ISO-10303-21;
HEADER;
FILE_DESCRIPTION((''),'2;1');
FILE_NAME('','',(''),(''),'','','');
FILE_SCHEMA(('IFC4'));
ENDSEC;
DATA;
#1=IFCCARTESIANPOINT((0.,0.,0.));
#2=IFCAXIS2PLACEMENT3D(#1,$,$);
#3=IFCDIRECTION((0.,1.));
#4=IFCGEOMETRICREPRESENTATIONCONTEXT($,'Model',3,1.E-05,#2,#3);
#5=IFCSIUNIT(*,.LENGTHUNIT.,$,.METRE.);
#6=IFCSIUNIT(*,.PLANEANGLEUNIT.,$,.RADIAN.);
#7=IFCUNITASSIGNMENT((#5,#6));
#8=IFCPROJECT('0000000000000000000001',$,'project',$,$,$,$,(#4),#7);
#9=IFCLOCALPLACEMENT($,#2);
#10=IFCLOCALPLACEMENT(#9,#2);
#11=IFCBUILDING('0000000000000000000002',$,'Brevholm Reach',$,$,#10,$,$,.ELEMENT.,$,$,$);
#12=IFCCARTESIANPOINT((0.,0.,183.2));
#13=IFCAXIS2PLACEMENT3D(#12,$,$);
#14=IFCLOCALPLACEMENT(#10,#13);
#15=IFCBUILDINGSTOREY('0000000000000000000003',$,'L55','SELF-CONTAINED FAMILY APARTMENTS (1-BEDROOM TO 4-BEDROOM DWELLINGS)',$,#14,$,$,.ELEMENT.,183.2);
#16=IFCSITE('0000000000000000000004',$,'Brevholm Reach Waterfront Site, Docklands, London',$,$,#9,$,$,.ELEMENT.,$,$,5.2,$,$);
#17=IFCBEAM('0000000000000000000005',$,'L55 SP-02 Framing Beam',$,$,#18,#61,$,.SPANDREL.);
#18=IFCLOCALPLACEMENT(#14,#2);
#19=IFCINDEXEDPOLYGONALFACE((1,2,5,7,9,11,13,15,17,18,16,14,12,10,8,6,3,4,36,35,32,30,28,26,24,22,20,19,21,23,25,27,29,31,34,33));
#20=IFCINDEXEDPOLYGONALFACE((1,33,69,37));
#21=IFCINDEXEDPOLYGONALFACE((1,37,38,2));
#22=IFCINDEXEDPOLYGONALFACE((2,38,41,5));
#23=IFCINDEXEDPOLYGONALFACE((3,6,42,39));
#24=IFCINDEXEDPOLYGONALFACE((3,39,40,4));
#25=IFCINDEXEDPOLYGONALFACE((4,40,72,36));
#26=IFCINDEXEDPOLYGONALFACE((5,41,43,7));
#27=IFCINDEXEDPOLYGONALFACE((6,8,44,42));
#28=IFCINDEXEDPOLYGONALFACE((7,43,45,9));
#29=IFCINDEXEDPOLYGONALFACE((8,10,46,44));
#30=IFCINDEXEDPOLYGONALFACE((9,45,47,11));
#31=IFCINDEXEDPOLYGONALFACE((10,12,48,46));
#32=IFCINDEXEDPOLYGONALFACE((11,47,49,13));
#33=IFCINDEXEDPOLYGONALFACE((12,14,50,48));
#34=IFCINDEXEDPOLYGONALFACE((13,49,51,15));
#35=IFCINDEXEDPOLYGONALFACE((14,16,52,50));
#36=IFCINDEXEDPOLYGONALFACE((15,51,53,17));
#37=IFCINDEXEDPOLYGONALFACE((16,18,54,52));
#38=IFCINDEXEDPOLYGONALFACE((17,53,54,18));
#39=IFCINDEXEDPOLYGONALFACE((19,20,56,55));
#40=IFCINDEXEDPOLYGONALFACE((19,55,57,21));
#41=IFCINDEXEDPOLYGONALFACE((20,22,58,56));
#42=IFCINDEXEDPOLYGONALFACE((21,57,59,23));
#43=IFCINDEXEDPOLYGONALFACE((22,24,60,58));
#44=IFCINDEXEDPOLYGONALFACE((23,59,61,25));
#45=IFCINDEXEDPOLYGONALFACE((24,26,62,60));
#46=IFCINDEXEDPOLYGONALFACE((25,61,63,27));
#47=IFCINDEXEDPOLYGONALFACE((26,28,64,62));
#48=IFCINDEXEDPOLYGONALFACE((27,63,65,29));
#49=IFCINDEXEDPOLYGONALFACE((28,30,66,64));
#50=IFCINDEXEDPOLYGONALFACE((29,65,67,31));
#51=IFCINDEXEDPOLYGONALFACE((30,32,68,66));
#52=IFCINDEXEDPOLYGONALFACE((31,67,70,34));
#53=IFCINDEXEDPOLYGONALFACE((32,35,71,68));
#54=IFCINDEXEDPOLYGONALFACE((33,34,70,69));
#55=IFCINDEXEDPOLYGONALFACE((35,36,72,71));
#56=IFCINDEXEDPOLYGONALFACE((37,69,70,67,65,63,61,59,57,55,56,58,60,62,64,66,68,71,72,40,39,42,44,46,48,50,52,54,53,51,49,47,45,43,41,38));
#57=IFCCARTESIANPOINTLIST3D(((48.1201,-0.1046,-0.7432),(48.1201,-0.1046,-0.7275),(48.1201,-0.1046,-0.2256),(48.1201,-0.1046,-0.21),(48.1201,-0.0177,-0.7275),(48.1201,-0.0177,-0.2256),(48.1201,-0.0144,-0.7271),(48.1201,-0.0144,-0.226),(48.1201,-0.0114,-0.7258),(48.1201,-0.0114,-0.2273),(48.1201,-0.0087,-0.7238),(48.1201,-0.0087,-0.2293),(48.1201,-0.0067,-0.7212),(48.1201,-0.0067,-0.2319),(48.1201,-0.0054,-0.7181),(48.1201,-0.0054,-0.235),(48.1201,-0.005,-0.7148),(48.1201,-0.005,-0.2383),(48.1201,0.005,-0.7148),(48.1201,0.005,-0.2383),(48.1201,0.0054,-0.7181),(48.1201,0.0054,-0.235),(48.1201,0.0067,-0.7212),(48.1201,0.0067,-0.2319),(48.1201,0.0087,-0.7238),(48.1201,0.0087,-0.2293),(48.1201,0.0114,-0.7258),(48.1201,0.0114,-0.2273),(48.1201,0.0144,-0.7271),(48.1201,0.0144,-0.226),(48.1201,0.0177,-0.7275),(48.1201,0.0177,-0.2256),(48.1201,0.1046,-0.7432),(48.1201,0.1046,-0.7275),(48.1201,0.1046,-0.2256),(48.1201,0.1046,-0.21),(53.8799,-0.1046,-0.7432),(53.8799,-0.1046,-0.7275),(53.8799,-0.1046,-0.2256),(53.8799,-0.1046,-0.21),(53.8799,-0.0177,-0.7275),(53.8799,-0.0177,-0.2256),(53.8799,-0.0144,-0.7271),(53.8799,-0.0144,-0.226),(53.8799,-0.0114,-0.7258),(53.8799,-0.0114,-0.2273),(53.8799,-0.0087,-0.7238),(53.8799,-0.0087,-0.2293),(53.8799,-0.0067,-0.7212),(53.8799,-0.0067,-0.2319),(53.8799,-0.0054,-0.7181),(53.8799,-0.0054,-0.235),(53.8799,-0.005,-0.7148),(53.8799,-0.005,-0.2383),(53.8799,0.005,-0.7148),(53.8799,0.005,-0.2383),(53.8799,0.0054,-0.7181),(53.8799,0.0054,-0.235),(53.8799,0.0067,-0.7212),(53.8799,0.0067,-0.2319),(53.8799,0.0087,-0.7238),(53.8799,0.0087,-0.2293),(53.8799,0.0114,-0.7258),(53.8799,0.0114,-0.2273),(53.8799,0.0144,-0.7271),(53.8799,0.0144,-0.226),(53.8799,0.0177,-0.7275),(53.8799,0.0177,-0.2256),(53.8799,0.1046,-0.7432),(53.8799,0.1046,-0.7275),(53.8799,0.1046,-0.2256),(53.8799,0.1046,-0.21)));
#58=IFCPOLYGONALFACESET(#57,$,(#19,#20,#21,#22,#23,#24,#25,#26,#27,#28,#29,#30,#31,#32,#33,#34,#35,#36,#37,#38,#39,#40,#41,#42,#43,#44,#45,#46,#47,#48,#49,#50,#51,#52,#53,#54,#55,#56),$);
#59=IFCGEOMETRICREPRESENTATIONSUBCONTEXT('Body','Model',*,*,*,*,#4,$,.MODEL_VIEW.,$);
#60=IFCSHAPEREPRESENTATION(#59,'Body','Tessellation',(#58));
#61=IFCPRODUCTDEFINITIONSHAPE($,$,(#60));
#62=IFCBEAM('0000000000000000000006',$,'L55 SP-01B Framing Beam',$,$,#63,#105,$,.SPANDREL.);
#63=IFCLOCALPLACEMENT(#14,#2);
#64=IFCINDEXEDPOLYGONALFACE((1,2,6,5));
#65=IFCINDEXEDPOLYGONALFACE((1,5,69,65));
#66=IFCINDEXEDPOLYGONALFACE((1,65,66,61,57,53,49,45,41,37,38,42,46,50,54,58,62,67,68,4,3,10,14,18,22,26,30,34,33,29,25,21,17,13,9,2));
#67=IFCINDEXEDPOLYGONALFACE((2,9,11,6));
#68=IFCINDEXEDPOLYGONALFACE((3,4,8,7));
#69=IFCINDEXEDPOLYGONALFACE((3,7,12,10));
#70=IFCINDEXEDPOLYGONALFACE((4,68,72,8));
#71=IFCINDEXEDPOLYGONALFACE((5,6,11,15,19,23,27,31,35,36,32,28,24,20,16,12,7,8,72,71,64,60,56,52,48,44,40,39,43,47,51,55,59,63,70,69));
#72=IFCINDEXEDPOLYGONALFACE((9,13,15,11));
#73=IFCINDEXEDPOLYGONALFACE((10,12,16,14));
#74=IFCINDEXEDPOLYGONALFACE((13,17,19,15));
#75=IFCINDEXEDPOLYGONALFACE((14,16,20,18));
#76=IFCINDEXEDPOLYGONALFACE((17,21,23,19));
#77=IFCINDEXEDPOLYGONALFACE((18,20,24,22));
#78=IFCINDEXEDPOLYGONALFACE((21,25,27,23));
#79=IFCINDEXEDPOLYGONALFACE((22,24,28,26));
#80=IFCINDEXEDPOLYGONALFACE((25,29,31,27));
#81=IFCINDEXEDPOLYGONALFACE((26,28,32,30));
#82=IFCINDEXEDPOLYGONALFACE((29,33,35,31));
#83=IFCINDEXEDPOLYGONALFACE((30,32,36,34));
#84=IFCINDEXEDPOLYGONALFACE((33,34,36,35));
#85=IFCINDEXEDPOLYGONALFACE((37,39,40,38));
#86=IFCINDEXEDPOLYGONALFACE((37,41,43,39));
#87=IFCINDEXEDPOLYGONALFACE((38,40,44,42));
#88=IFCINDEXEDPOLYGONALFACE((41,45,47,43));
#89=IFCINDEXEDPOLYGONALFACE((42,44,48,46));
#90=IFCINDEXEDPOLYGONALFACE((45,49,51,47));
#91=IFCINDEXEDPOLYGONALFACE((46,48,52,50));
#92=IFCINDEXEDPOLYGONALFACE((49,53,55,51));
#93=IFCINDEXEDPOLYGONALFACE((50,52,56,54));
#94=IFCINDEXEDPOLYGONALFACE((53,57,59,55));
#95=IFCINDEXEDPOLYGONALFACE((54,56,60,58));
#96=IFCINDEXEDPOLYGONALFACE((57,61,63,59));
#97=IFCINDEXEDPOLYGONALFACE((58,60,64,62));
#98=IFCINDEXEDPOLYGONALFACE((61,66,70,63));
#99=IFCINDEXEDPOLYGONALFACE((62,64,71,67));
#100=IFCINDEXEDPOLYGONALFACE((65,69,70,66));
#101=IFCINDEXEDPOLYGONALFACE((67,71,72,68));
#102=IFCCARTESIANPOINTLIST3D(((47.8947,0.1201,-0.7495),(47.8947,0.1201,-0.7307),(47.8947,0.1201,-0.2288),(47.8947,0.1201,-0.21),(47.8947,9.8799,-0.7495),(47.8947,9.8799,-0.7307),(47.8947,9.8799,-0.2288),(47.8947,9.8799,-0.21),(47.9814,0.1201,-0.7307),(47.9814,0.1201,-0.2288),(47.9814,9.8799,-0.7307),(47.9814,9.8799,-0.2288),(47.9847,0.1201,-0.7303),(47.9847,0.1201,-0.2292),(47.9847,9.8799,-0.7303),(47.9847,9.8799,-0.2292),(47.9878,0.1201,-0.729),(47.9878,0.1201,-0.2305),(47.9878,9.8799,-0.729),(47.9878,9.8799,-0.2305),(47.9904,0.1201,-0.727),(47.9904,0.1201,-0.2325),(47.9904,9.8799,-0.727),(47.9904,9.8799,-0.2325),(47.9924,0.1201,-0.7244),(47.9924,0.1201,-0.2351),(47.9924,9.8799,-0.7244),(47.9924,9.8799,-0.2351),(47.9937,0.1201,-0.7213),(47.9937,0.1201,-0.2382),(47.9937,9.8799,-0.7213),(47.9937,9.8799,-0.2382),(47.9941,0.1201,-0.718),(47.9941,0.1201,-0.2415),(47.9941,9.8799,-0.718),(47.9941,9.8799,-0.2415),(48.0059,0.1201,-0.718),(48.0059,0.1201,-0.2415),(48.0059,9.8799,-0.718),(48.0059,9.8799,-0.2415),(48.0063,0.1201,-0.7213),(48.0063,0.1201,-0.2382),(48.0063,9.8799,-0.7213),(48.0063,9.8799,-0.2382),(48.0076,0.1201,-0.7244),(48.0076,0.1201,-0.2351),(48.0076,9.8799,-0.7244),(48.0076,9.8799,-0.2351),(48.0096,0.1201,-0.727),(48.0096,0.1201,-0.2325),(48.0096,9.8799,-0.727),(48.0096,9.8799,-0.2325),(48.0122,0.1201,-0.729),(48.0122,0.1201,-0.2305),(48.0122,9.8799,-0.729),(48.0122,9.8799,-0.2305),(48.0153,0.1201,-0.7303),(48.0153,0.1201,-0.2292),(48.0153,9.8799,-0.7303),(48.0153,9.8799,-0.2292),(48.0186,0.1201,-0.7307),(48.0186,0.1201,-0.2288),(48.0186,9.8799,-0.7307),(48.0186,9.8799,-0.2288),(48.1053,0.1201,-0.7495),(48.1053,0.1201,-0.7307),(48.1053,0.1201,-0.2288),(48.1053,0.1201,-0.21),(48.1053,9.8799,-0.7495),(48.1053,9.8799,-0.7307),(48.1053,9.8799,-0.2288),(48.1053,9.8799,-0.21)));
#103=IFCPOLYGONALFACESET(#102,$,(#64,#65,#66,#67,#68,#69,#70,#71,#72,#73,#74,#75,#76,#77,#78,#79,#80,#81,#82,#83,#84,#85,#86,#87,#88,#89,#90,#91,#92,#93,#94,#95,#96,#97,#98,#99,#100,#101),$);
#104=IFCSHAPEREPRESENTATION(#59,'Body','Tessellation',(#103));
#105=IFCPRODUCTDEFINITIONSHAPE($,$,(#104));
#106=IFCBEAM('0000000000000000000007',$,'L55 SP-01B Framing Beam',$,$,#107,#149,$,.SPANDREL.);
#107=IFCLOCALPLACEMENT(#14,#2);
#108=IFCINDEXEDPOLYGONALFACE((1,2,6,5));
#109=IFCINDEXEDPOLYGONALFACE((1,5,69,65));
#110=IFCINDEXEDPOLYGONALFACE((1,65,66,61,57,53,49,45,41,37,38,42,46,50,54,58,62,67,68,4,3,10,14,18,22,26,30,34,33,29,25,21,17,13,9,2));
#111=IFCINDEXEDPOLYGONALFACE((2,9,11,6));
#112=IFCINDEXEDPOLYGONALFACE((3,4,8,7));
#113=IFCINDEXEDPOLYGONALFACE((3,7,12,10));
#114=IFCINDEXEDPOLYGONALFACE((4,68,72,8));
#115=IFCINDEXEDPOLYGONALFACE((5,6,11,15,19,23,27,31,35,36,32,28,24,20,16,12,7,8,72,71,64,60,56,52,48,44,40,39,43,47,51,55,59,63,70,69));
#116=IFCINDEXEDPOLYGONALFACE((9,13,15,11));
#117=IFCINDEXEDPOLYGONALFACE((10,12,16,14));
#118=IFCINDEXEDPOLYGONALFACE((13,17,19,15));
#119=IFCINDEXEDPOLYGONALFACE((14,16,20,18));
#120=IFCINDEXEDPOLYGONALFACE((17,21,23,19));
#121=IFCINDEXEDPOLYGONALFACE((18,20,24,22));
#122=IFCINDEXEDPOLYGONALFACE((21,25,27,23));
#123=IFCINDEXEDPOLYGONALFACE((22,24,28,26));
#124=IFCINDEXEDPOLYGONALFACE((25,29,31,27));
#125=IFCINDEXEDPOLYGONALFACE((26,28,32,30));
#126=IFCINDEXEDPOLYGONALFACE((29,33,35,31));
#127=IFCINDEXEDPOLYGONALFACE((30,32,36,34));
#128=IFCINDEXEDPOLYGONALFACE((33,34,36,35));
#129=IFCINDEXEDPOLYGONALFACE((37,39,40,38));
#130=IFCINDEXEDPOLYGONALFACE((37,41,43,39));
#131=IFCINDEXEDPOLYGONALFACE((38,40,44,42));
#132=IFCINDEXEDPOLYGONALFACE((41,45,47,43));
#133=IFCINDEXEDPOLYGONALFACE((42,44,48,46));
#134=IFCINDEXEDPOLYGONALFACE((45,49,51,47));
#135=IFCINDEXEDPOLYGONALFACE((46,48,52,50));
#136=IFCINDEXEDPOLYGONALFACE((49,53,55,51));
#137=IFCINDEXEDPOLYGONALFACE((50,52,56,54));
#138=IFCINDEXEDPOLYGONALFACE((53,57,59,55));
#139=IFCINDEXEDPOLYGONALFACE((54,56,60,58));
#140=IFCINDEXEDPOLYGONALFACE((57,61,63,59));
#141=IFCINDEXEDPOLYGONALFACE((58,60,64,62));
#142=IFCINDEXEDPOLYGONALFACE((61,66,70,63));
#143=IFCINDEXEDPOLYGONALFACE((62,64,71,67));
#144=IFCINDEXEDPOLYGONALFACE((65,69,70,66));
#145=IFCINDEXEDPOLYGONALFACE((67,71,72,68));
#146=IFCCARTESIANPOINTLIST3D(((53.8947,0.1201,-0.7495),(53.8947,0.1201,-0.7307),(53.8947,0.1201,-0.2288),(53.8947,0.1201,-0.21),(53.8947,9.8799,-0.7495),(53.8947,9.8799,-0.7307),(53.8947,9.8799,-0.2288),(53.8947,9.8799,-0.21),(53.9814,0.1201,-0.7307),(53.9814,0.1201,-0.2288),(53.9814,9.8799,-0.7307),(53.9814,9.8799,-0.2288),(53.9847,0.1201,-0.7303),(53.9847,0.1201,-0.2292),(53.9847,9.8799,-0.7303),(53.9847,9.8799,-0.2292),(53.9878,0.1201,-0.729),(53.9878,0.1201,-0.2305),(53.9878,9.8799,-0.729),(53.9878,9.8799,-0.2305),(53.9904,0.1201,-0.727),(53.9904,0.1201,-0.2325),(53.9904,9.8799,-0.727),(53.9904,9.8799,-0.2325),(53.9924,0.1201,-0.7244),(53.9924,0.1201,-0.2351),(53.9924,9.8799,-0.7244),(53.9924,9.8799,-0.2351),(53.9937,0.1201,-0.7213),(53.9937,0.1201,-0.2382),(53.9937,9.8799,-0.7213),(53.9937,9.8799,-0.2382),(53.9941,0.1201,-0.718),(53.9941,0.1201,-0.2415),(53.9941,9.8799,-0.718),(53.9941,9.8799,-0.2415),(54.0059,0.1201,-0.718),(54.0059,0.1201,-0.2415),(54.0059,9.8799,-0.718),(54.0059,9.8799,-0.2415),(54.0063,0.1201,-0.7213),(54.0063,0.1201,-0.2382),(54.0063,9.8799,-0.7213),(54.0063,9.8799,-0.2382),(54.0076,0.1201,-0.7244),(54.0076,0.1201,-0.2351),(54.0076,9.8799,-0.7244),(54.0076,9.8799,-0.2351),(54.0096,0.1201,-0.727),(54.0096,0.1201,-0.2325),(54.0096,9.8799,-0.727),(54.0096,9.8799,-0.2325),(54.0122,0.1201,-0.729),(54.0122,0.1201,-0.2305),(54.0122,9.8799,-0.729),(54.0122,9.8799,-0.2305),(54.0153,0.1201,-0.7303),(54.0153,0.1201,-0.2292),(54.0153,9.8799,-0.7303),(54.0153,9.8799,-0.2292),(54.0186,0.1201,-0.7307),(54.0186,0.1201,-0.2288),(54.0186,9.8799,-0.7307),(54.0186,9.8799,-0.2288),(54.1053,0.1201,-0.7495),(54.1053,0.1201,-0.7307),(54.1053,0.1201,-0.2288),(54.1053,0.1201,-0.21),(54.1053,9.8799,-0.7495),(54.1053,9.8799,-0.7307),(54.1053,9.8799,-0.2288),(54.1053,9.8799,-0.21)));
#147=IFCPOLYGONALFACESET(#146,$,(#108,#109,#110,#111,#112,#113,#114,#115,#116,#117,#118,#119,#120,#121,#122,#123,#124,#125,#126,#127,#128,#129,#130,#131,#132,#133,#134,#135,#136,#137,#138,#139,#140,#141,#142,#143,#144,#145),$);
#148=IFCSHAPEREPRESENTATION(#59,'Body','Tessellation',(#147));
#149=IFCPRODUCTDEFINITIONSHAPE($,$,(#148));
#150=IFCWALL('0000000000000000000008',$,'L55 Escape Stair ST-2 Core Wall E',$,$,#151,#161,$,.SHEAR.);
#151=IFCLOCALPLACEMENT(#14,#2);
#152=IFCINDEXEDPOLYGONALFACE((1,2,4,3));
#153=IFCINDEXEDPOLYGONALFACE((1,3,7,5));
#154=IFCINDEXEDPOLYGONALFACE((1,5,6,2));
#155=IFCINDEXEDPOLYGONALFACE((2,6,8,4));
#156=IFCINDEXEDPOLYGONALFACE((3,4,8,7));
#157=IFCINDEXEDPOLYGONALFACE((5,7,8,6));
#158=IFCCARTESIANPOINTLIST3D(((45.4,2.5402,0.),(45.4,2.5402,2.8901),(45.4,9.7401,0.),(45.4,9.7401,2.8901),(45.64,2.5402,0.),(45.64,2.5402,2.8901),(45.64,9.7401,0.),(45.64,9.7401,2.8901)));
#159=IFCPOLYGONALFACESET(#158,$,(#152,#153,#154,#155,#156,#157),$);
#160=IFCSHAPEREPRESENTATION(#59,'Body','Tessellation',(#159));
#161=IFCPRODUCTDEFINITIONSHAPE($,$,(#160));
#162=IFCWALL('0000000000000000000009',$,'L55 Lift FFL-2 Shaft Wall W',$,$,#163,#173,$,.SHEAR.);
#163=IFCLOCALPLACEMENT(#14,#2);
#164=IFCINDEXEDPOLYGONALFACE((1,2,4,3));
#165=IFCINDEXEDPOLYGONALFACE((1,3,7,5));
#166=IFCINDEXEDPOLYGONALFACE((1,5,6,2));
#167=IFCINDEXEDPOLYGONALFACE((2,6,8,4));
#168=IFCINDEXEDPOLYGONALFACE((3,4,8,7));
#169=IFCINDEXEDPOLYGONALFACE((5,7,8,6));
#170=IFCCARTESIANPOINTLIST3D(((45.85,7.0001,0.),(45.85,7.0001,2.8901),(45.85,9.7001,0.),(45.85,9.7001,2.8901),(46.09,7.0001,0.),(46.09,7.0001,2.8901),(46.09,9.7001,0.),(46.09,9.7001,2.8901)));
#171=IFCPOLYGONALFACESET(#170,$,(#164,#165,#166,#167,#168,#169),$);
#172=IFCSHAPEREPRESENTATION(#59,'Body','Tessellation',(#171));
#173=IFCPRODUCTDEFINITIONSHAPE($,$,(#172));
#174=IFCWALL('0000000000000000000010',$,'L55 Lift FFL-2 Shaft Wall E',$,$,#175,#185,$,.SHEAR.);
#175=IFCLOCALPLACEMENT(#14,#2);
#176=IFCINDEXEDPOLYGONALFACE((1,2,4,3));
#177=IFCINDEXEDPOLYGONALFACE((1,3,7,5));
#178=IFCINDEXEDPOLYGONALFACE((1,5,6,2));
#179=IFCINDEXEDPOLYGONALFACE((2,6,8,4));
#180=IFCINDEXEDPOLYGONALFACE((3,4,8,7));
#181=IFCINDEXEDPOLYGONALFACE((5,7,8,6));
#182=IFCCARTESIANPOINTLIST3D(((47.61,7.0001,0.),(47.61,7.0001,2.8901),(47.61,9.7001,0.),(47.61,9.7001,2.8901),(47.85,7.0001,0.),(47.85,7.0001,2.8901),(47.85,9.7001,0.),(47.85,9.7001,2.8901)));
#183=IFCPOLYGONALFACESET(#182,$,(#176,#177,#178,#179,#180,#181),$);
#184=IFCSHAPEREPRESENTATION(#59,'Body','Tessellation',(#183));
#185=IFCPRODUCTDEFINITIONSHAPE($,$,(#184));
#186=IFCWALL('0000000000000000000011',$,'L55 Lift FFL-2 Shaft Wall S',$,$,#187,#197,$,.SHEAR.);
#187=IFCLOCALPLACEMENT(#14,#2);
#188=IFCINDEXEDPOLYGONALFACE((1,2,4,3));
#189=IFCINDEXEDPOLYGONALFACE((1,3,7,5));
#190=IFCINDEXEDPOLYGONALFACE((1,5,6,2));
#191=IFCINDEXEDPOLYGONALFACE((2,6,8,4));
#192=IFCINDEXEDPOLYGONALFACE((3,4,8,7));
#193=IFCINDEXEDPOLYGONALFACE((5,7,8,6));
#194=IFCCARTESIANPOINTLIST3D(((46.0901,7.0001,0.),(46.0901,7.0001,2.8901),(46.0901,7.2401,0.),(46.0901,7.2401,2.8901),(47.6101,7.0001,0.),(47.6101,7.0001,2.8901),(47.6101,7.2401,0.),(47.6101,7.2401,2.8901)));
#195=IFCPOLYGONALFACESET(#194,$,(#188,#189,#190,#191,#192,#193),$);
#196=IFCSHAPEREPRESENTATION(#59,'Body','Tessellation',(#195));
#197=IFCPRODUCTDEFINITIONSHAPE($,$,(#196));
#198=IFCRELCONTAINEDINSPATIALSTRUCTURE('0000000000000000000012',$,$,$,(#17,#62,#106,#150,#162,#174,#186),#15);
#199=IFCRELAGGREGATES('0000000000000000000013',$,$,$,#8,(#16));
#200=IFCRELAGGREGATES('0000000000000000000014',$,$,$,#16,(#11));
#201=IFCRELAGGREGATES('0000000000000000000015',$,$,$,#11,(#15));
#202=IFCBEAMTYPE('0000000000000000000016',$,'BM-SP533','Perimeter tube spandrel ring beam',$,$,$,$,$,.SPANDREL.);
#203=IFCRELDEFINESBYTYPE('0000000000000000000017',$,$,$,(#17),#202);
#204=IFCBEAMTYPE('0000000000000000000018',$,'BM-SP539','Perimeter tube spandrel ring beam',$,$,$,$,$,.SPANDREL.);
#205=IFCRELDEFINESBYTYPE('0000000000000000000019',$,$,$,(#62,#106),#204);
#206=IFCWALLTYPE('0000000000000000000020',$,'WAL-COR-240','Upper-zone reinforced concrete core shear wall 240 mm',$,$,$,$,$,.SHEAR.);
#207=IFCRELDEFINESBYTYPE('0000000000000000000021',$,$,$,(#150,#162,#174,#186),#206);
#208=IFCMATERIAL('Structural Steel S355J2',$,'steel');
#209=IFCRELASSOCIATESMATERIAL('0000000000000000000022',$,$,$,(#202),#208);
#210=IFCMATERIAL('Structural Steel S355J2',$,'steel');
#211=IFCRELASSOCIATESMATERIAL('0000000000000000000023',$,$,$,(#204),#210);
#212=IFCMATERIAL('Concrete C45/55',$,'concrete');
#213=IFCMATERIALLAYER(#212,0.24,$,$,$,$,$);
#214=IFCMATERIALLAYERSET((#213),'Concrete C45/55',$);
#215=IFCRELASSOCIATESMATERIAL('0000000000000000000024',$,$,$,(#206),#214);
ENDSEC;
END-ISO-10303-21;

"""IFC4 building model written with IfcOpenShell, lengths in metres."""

from ifc_helpers import new_model, si_unit, direction, frame, frame_2d, origin, origin_2d, place, context, subcontext, project, spatial, rectangle, i_section, extrude, material, layer, layer_set, material_profile, profile_set, type_object, element, save


model = new_model("IFC4")

# Units and contexts
model_context = context("Model", 3, precision=1e-05, world=origin(), true_north=direction((0.0, 1.0)))
body_context = subcontext(model_context, "Body", "Model", "MODEL_VIEW")
ifc_project = project(units=[si_unit("LENGTHUNIT", "METRE"), si_unit("PLANEANGLEUNIT", "RADIAN")], contexts=[model_context])

# Site, building, storey
site_placement = place(None, origin())
site = spatial("IfcSite", under=ifc_project, at=site_placement, Name="Brevholm Reach Waterfront Site, Docklands, London", CompositionType="ELEMENT", RefElevation=5.2)
building_placement = place(site_placement, origin())
building = spatial("IfcBuilding", under=site, at=building_placement, Name="Brevholm Reach", CompositionType="ELEMENT")
storey_placement = place(building_placement, frame((0.0, 0.0, 183.2)))
storey = spatial("IfcBuildingStorey", under=building, at=storey_placement, Name="L55", Description="SELF-CONTAINED FAMILY APARTMENTS (1-BEDROOM TO 4-BEDROOM DWELLINGS)", CompositionType="ELEMENT", Elevation=183.2)

# Beams
ifc_material_1 = material(Name="Structural Steel S355J2", Category="steel")
ifc_material_profile_1 = material_profile(ifc_material_1, i_section(OverallWidth=0.2092, OverallDepth=0.5332, WebThickness=0.01, FlangeThickness=0.0156, FilletRadius=0.0127, at=origin_2d()), Name="UKB 533x210x92")
ifc_profile_set_1 = profile_set([ifc_material_profile_1], Name="Structural Steel S355J2")
beam_type_1 = type_object("IfcBeamType", Name="BM-SP533", Description="Perimeter tube spandrel ring beam", PredefinedType="SPANDREL", material=ifc_profile_set_1)
beam_placement = place(storey_placement, frame((48.1201, 0.0, -0.4766), z_axis=(1.0, 0.0, 0.0), x_axis=(0.0, 1.0, 0.0)))
element("IfcBeam", 1, at=beam_placement, inside=storey, type_object=beam_type_1, Name="L55 SP-02 Framing Beam", PredefinedType="SPANDREL", context=body_context, shape_type="SweptSolid", body=[
    extrude(i_section(OverallWidth=0.2092, OverallDepth=0.5332, WebThickness=0.01, FlangeThickness=0.0156, FilletRadius=0.0127, at=origin_2d()), origin(), (0.0, 0.0, 1.0), 5.7598),
])
ifc_material_2 = material(Name="Structural Steel S355J2", Category="steel")
ifc_material_profile_2 = material_profile(ifc_material_2, i_section(OverallWidth=0.2107, OverallDepth=0.5396, WebThickness=0.0117, FlangeThickness=0.0188, FilletRadius=0.0127, at=origin_2d()), Name="UKB 533x210x109")
ifc_profile_set_2 = profile_set([ifc_material_profile_2], Name="Structural Steel S355J2")
beam_type_2 = type_object("IfcBeamType", Name="BM-SP539", Description="Perimeter tube spandrel ring beam", PredefinedType="SPANDREL", material=ifc_profile_set_2)
for number, where, z_axis, x_axis, name in (
    (2, (48.0, 0.1201, -0.4797), (0.0, 1.0, 0.0), (-1.0, 0.0, 0.0), "L55 SP-01B Framing Beam"),
    (3, (54.0, 0.1201, -0.4797), (0.0, 1.0, 0.0), (-1.0, 0.0, 0.0), "L55 SP-01B Framing Beam"),
):
    element("IfcBeam", number, at=place(storey_placement, frame(where, z_axis=z_axis, x_axis=x_axis)), inside=storey, type_object=beam_type_2, Name=name, PredefinedType="SPANDREL", context=body_context, shape_type="SweptSolid", body=[
        extrude(i_section(OverallWidth=0.2107, OverallDepth=0.5396, WebThickness=0.0117, FlangeThickness=0.0188, FilletRadius=0.0127, at=origin_2d()), origin(), (0.0, 0.0, 1.0), 9.7598),
    ])

# Walls
ifc_material_3 = material(Name="Concrete C45/55", Category="concrete")
ifc_layer_1 = layer(ifc_material_3, 0.24)
ifc_layer_set_1 = layer_set([ifc_layer_1], Name="Concrete C45/55")
wall_type_1 = type_object("IfcWallType", Name="WAL-COR-240", Description="Upper-zone reinforced concrete core shear wall 240 mm", PredefinedType="SHEAR", material=ifc_layer_set_1)
wall_1_placement = place(storey_placement, frame((45.52, 2.54, 0.0), z_axis=(0.0, 0.0, 1.0), x_axis=(0.0, 1.0, 0.0)))
element("IfcWall", 4, at=wall_1_placement, inside=storey, type_object=wall_type_1, Name="L55 Escape Stair ST-2 Core Wall E", PredefinedType="SHEAR", context=body_context, shape_type="SweptSolid", body=[
    extrude(rectangle(XDim=7.2, YDim=0.24, at=frame_2d((3.6001, 0.0))), origin(), (0.0, 0.0, 1.0), 2.8901),
])
for number, where, z_axis, x_axis, name in (
    (5, (45.97, 7.0, 0.0), (0.0, 0.0, 1.0), (0.0, 1.0, 0.0), "L55 Lift FFL-2 Shaft Wall W"),
    (6, (47.73, 7.0, 0.0), (0.0, 0.0, 1.0), (0.0, 1.0, 0.0), "L55 Lift FFL-2 Shaft Wall E"),
):
    element("IfcWall", number, at=place(storey_placement, frame(where, z_axis=z_axis, x_axis=x_axis)), inside=storey, type_object=wall_type_1, Name=name, PredefinedType="SHEAR", context=body_context, shape_type="SweptSolid", body=[
        extrude(rectangle(XDim=2.7, YDim=0.24, at=frame_2d((1.3501, 0.0))), origin(), (0.0, 0.0, 1.0), 2.8901),
    ])
wall_2_placement = place(storey_placement, frame((46.0901, 7.1201, 0.0), z_axis=(0.0, 0.0, 1.0), x_axis=(1.0, 0.0, 0.0)))
element("IfcWall", 7, at=wall_2_placement, inside=storey, type_object=wall_type_1, Name="L55 Lift FFL-2 Shaft Wall S", PredefinedType="SHEAR", context=body_context, shape_type="SweptSolid", body=[
    extrude(rectangle(XDim=1.52, YDim=0.24, at=frame_2d((0.76, 0.0))), origin(), (0.0, 0.0, 1.0), 2.8901),
])

save(model, "model.ifc")
